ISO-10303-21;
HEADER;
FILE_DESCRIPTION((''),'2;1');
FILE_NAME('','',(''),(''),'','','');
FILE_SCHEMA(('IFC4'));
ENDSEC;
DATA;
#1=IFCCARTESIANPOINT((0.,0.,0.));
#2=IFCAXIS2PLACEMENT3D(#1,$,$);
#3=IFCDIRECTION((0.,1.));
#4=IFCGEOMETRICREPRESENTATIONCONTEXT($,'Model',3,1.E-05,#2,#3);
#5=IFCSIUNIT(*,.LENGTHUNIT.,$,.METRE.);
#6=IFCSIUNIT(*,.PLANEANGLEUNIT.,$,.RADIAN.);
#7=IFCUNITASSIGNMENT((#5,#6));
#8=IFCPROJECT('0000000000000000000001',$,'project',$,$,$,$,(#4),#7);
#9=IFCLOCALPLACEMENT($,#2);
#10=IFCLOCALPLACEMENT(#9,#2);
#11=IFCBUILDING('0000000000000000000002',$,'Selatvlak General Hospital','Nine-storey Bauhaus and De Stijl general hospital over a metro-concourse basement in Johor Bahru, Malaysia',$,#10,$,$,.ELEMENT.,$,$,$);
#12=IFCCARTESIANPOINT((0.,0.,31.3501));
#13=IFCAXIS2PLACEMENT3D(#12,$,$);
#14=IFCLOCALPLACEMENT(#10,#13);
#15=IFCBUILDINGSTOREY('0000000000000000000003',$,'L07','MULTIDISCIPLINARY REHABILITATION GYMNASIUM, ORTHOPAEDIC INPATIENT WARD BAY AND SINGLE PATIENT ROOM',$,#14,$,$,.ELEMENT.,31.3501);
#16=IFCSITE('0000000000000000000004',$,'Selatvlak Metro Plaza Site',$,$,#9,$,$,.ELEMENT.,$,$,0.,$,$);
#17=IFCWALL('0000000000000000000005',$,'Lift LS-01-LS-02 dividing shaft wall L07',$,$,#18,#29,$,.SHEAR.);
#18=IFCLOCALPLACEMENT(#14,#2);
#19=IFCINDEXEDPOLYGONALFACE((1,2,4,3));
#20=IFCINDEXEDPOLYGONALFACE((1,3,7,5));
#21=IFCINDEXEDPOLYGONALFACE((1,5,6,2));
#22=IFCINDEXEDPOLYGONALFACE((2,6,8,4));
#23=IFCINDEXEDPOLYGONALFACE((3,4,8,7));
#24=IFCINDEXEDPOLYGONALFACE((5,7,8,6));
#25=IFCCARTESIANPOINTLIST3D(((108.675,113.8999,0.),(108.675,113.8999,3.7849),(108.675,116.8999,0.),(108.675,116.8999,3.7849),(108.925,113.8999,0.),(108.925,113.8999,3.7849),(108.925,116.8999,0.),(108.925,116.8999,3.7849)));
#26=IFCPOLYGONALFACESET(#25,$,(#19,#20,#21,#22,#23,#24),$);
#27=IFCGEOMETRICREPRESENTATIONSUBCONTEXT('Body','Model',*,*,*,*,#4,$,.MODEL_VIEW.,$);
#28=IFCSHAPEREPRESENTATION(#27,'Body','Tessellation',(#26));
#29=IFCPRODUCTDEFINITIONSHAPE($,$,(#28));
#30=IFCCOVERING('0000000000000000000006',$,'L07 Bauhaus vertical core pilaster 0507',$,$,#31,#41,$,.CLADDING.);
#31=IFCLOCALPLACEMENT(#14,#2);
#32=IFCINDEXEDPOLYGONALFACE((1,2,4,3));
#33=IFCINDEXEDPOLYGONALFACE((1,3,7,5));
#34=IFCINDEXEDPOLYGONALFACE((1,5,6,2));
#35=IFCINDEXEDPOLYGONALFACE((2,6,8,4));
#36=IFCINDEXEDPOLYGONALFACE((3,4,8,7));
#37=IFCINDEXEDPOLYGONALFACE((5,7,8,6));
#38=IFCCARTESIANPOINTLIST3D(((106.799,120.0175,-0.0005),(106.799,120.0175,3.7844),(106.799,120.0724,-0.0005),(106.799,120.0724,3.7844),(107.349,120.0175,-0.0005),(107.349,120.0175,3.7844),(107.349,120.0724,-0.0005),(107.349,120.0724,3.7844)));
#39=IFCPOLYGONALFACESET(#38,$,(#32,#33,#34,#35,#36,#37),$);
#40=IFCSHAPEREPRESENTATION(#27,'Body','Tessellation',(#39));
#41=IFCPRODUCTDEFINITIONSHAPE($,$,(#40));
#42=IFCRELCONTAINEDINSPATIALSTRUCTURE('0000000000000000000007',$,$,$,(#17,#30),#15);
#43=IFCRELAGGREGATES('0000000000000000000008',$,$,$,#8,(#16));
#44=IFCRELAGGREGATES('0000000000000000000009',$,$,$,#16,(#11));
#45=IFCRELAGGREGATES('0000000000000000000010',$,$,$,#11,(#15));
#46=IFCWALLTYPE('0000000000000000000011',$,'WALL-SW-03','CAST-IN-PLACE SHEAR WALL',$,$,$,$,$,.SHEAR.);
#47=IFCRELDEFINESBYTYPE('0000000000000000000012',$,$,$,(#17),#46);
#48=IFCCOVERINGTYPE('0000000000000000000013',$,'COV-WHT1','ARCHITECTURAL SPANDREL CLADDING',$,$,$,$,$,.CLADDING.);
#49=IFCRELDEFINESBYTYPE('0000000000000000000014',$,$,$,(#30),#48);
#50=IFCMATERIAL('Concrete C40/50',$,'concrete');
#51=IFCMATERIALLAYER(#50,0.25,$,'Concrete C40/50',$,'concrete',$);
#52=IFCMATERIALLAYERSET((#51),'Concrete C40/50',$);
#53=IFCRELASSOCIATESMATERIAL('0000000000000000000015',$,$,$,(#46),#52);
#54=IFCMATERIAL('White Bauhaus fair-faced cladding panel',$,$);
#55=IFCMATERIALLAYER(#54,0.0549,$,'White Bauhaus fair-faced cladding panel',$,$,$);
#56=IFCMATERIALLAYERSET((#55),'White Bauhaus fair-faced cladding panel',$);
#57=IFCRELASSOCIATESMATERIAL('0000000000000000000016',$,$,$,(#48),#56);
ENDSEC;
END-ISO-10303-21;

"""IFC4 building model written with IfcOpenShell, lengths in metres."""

from ifc_helpers import new_model, si_unit, direction, frame, frame_2d, origin, origin_2d, place, context, subcontext, project, spatial, rectangle, extrude, material, layer, layer_set, type_object, element, save


model = new_model("IFC4")

# Units and contexts
model_context = context("Model", 3, precision=1e-05, world=origin(), true_north=direction((0.0, 1.0)))
body_context = subcontext(model_context, "Body", "Model", "MODEL_VIEW")
ifc_project = project(units=[si_unit("LENGTHUNIT", "METRE"), si_unit("PLANEANGLEUNIT", "RADIAN")], contexts=[model_context])

# Site, building, storey
site_placement = place(None, origin())
site = spatial("IfcSite", under=ifc_project, at=site_placement, Name="Selatvlak Metro Plaza Site", CompositionType="ELEMENT", RefElevation=0.0)
building_placement = place(site_placement, origin())
building = spatial("IfcBuilding", under=site, at=building_placement, Name="Selatvlak General Hospital", Description="Nine-storey Bauhaus and De Stijl general hospital over a metro-concourse basement in Johor Bahru, Malaysia", CompositionType="ELEMENT")
storey_placement = place(building_placement, frame((0.0, 0.0, 31.3501)))
storey = spatial("IfcBuildingStorey", under=building, at=storey_placement, Name="L07", Description="MULTIDISCIPLINARY REHABILITATION GYMNASIUM, ORTHOPAEDIC INPATIENT WARD BAY AND SINGLE PATIENT ROOM", CompositionType="ELEMENT", Elevation=31.3501)

# Shared definitions
ifc_material_1 = material(Name="Concrete C40/50", Category="concrete")

# Wall
ifc_layer_1 = layer(ifc_material_1, 0.25, Name="Concrete C40/50", Category="concrete")
ifc_layer_set_1 = layer_set([ifc_layer_1], Name="Concrete C40/50")
wall_type_1 = type_object("IfcWallType", Name="WALL-SW-03", Description="CAST-IN-PLACE SHEAR WALL", PredefinedType="SHEAR", material=ifc_layer_set_1)
wall_1_placement = place(storey_placement, frame((108.8, 113.8999, 0.0), z_axis=(0.0, 0.0, 1.0), x_axis=(0.0, 1.0, 0.0)))
element("IfcWall", 1, at=wall_1_placement, inside=storey, type_object=wall_type_1, Name="Lift LS-01-LS-02 dividing shaft wall L07", PredefinedType="SHEAR", context=body_context, shape_type="SweptSolid", body=[
    extrude(rectangle(XDim=3.0, YDim=0.25, at=frame_2d((1.5, 0.0))), origin(), (0.0, 0.0, 1.0), 3.7849),
])

# Covering
ifc_material_2 = material(Name="White Bauhaus fair-faced cladding panel")
ifc_layer_2 = layer(ifc_material_2, 0.0549, Name="White Bauhaus fair-faced cladding panel")
ifc_layer_set_2 = layer_set([ifc_layer_2], Name="White Bauhaus fair-faced cladding panel")
covering_type = type_object("IfcCoveringType", Name="COV-WHT1", Description="ARCHITECTURAL SPANDREL CLADDING", PredefinedType="CLADDING", material=ifc_layer_set_2)
covering_placement = place(storey_placement, frame((107.074, 120.0449, -0.0005), z_axis=(0.0, 0.0, 1.0), x_axis=(1.0, 0.0, 0.0)))
element("IfcCovering", 2, at=covering_placement, inside=storey, type_object=covering_type, Name="L07 Bauhaus vertical core pilaster 0507", PredefinedType="CLADDING", context=body_context, shape_type="SweptSolid", body=[
    extrude(rectangle(XDim=0.55, YDim=0.0549, at=origin_2d()), origin(), (0.0, 0.0, 1.0), 3.7849),
])

save(model, "model.ifc")
